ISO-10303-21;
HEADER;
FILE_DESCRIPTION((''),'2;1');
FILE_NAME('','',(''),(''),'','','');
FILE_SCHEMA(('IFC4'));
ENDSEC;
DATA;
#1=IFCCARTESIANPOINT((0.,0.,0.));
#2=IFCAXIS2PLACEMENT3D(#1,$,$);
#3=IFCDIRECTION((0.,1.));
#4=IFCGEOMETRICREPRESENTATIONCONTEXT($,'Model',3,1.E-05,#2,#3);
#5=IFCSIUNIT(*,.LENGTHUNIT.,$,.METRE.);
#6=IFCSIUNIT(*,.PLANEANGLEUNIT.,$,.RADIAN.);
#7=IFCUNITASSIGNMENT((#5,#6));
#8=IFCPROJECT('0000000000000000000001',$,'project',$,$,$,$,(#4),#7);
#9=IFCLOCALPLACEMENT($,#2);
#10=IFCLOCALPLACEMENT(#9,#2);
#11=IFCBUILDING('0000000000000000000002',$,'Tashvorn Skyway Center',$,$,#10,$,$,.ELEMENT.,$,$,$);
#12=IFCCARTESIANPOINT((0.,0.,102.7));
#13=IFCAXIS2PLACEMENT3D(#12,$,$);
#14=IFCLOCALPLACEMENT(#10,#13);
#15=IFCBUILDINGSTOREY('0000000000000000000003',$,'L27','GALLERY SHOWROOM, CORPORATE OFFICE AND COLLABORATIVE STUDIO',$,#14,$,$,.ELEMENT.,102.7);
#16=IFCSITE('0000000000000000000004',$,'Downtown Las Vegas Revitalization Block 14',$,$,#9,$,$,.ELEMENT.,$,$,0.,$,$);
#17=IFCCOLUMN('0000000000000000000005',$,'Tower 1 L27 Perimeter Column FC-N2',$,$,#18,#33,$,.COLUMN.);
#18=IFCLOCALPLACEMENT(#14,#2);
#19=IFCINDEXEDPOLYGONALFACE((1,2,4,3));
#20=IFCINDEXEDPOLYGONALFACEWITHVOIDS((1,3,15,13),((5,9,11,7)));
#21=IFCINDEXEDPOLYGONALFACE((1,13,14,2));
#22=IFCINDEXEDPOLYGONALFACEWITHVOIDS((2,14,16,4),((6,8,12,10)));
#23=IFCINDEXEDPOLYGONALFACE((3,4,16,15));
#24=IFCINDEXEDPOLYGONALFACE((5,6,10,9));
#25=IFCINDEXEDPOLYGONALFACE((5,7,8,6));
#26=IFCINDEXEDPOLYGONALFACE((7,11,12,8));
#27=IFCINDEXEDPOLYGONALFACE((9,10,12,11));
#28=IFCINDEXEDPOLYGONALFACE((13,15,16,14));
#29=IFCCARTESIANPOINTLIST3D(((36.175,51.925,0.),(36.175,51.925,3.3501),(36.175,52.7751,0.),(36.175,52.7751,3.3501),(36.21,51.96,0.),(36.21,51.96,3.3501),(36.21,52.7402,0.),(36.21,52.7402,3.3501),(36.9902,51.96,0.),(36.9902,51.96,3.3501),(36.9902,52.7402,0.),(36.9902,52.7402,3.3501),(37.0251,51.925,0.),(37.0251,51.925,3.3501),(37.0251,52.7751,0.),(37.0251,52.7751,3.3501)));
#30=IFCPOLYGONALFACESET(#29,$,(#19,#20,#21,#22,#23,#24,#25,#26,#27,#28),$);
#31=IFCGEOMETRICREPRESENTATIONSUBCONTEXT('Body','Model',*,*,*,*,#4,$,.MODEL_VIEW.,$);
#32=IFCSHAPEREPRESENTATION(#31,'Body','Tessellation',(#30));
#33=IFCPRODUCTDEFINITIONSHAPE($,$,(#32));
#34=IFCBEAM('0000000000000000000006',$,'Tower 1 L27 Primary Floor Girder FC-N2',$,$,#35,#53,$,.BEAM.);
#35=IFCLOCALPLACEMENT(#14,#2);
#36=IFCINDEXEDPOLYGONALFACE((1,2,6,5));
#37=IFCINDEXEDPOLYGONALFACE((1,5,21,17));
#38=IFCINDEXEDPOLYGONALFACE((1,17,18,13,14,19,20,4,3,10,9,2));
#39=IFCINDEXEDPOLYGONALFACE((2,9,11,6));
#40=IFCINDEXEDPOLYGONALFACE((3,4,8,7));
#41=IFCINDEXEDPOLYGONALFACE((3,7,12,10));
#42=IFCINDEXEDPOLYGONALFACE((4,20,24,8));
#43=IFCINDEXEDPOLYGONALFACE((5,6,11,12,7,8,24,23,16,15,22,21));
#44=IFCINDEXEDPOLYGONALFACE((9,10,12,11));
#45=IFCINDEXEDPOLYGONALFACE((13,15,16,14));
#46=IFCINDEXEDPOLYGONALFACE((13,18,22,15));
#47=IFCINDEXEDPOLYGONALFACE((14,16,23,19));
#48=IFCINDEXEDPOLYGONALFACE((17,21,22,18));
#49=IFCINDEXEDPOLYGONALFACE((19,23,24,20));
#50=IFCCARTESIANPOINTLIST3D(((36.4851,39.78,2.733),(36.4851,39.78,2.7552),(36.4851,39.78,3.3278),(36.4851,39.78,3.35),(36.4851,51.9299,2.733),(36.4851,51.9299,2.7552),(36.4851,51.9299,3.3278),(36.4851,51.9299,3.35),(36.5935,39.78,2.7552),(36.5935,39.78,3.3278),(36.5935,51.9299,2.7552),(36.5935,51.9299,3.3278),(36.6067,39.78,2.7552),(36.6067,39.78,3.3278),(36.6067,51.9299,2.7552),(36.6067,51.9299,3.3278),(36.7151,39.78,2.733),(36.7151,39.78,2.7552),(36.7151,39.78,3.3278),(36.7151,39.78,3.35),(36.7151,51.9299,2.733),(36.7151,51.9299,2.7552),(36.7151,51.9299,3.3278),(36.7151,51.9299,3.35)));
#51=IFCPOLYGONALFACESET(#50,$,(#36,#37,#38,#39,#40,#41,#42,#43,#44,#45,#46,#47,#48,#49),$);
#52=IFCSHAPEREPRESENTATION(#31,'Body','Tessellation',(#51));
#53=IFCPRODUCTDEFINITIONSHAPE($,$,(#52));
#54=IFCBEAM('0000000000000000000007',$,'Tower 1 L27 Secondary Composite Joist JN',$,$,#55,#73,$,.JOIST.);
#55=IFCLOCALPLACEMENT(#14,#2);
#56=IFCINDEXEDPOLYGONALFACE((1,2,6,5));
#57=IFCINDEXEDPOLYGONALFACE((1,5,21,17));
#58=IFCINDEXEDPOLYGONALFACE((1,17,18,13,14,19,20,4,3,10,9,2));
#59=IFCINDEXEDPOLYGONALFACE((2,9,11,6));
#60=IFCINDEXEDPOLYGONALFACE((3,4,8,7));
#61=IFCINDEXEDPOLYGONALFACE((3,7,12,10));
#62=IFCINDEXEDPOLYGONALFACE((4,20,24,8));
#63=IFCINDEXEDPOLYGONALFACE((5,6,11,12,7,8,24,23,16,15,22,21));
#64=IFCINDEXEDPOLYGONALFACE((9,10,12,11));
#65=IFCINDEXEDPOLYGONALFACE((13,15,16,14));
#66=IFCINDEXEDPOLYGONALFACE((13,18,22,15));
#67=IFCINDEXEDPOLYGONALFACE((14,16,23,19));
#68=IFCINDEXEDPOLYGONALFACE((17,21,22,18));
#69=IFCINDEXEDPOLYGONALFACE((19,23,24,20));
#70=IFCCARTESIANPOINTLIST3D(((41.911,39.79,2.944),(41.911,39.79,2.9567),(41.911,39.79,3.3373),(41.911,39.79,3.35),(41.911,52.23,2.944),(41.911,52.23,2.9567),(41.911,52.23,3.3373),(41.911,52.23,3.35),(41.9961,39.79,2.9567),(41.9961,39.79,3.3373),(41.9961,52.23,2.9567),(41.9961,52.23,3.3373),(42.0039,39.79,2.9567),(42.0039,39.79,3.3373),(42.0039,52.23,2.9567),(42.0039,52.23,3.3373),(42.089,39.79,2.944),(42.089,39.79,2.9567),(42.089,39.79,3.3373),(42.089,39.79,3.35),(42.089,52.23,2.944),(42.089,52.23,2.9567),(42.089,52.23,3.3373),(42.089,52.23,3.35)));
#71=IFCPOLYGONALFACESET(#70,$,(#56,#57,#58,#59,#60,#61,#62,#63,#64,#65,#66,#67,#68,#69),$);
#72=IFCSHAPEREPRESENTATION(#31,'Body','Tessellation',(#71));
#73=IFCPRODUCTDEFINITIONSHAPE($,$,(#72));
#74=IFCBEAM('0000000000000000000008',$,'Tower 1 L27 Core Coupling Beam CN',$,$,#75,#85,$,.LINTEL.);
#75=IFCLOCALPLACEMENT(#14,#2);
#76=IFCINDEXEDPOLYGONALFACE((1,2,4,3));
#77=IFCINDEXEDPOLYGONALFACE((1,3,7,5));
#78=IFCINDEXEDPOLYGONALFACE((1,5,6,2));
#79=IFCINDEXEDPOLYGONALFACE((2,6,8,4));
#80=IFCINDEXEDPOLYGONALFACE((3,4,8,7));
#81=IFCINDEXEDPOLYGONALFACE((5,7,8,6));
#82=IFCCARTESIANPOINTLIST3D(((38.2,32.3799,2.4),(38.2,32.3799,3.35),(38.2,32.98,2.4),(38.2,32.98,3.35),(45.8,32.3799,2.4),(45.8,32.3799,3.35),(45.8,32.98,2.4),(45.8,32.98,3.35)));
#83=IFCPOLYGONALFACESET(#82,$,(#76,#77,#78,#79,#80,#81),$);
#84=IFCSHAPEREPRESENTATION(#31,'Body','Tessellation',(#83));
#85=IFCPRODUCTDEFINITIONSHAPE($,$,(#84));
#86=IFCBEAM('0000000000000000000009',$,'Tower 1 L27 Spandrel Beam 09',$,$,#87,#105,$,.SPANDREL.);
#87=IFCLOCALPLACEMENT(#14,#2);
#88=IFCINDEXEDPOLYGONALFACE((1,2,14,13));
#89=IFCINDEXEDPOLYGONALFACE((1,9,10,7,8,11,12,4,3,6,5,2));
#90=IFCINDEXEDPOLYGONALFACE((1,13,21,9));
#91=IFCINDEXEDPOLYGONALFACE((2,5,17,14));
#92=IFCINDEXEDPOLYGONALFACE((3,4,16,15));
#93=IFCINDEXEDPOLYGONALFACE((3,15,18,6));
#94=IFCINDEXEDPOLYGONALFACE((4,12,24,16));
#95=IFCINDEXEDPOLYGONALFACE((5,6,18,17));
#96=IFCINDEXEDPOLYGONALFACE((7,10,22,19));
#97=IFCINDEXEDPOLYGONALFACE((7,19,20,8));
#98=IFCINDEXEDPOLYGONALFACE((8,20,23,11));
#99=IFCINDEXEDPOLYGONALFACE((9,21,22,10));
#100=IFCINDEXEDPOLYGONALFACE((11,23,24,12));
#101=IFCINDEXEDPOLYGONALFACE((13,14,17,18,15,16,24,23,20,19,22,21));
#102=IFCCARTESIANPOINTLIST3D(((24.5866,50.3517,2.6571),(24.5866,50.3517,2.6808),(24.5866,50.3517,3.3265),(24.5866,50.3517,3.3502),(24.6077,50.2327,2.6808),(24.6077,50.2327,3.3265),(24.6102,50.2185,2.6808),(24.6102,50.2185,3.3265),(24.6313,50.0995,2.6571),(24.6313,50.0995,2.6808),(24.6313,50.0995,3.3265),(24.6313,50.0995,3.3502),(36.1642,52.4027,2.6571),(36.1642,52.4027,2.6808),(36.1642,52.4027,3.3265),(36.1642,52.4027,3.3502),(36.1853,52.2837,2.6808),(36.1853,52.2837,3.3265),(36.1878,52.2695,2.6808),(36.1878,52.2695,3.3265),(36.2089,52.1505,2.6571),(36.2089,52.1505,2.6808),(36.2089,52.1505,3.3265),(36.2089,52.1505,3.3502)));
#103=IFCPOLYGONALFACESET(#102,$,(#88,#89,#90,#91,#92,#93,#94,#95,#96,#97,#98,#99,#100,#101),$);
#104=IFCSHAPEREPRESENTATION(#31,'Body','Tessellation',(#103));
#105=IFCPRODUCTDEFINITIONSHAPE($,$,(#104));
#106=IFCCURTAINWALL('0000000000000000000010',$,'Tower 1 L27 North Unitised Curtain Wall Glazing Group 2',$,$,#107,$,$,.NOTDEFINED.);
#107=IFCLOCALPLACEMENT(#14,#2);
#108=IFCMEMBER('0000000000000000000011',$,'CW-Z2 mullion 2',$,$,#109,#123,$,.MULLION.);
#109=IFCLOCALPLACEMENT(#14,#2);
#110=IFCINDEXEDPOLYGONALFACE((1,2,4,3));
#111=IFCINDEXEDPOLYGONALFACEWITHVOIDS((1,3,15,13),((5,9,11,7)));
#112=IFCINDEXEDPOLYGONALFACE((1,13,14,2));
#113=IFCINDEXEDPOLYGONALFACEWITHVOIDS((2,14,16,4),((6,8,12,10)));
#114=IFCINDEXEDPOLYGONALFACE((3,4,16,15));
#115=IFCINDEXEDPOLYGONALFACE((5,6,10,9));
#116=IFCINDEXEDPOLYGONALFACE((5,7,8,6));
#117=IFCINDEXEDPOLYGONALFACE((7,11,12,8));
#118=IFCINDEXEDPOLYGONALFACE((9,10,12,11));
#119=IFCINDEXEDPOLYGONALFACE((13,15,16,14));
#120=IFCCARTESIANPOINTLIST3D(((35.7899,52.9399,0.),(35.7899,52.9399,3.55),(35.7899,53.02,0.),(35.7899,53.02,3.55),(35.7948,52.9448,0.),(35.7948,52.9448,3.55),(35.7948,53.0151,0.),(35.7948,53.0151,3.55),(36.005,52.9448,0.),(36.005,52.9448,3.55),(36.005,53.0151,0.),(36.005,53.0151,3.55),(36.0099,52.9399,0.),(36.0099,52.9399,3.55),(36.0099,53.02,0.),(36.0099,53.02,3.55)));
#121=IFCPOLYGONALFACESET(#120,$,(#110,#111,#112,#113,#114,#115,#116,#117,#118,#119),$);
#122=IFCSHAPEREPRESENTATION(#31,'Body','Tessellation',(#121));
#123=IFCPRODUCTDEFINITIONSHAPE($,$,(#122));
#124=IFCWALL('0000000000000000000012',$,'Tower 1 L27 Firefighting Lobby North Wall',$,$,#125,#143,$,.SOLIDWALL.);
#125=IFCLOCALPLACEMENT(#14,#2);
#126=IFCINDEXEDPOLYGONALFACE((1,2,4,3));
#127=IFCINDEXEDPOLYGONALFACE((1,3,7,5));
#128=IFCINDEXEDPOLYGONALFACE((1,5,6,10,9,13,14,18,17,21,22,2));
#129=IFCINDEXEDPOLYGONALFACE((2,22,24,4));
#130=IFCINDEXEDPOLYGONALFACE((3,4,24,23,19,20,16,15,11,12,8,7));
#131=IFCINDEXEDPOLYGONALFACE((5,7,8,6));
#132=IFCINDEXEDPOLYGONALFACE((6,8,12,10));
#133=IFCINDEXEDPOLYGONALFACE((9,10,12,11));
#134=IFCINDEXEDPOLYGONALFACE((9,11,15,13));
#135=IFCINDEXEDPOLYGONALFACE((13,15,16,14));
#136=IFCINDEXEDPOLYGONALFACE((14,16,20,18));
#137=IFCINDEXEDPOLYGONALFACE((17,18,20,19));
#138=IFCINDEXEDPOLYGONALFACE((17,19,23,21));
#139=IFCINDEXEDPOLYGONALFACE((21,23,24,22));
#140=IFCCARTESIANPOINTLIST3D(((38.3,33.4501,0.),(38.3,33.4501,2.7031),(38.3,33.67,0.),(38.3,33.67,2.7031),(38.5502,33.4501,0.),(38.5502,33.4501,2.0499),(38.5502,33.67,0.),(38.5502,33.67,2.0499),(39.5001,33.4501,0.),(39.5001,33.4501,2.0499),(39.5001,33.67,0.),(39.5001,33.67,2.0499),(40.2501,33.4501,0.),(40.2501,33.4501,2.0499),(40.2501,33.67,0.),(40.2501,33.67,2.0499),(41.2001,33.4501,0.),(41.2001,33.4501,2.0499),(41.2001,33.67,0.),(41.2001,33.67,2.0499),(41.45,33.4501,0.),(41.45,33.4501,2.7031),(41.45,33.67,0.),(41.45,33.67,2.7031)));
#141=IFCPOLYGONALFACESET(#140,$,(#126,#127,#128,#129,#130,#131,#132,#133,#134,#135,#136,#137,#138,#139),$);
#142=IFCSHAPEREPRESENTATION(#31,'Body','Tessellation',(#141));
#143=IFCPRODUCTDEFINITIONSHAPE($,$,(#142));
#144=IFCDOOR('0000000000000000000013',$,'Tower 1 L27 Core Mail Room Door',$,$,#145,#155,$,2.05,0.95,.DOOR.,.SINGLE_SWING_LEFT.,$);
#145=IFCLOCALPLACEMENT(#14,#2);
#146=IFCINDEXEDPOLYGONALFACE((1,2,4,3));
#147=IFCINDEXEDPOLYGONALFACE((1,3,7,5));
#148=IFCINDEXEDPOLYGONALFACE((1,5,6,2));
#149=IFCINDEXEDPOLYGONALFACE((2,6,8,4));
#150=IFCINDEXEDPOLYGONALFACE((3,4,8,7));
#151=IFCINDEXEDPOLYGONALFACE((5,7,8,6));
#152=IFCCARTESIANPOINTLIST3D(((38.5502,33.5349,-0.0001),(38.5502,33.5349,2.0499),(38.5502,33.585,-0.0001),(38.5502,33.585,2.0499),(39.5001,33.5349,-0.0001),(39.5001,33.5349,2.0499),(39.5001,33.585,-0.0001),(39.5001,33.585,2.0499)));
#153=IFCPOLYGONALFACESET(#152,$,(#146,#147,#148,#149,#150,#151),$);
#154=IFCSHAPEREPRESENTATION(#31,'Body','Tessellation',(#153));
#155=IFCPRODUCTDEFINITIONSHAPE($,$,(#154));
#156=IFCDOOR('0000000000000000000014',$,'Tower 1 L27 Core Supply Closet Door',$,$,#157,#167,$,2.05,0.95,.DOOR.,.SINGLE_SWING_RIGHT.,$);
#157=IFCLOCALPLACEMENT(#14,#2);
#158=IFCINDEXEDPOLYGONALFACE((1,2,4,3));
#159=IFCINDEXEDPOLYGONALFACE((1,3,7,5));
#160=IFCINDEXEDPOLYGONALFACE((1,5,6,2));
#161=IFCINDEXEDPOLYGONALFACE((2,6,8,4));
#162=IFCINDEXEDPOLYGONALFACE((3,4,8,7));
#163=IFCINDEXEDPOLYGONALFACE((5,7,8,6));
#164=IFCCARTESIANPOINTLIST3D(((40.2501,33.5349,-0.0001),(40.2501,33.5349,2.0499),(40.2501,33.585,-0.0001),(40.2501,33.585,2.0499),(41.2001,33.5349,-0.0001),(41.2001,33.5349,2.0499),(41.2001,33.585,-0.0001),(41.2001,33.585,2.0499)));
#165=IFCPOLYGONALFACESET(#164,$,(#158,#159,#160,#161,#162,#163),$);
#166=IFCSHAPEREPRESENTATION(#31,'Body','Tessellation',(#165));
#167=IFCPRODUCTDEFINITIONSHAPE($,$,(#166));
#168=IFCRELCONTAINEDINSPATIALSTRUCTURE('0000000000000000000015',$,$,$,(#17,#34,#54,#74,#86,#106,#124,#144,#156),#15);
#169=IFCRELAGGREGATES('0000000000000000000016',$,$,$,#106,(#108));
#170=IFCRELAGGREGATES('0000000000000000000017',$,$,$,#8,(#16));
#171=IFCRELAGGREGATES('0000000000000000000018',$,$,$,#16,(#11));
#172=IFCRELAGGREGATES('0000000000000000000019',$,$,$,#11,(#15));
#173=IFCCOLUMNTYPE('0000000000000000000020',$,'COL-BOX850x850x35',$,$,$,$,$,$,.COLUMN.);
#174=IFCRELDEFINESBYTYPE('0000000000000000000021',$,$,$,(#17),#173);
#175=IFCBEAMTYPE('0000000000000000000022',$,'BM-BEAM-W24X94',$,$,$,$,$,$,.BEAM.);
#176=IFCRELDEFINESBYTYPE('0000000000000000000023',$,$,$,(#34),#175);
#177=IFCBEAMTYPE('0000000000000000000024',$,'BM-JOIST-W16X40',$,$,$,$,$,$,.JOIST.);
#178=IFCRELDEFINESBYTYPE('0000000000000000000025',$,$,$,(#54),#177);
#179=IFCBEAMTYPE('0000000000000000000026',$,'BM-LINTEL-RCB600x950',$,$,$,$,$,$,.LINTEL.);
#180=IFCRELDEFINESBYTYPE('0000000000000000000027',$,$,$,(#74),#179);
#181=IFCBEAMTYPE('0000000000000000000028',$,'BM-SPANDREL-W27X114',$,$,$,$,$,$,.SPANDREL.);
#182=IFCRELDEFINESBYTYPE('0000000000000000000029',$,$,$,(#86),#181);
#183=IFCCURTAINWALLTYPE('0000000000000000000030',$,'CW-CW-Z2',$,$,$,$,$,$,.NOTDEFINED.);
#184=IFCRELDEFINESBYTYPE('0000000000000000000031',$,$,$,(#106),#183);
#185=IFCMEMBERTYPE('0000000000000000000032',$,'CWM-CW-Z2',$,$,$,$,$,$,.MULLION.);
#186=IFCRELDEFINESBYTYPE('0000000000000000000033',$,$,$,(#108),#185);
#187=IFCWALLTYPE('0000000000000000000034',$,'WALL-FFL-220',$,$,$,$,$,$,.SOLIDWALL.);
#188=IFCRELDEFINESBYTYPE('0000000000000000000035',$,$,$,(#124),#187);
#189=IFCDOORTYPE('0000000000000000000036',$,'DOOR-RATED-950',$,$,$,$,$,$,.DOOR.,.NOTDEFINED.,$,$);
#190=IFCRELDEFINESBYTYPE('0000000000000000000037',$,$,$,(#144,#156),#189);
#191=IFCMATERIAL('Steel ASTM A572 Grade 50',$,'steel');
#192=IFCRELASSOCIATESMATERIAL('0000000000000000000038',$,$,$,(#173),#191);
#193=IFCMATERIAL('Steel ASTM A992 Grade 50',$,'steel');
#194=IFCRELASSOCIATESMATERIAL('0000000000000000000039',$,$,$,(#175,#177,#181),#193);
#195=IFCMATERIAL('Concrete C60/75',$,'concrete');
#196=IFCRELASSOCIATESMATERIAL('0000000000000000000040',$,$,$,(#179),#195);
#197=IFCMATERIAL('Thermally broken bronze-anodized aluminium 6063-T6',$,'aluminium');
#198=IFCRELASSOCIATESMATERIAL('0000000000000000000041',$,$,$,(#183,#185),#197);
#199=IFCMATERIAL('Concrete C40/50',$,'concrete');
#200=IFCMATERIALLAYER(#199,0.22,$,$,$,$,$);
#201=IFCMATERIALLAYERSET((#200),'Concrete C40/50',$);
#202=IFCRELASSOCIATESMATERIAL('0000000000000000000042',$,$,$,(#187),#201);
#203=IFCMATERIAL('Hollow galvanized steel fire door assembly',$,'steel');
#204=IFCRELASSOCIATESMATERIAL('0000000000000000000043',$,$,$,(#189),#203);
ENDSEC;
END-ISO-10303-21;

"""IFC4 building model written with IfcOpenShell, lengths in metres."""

from ifc_helpers import new_model, si_unit, direction, frame, frame_2d, origin, origin_2d, place, context, subcontext, project, spatial, rectangle, hollow_rectangle, i_section, extrude, material, layer, layer_set, material_profile, profile_set, type_object, element, fill, aggregate, save


model = new_model("IFC4")

# Units and contexts
model_context = context("Model", 3, precision=1e-05, world=origin(), true_north=direction((0.0, 1.0)))
body_context = subcontext(model_context, "Body", "Model", "MODEL_VIEW")
ifc_project = project(units=[si_unit("LENGTHUNIT", "METRE"), si_unit("PLANEANGLEUNIT", "RADIAN")], contexts=[model_context])

# Site, building, storey
site_placement = place(None, origin())
site = spatial("IfcSite", under=ifc_project, at=site_placement, Name="Downtown Las Vegas Revitalization Block 14", CompositionType="ELEMENT", RefElevation=0.0)
building_placement = place(site_placement, origin())
building = spatial("IfcBuilding", under=site, at=building_placement, Name="Tashvorn Skyway Center", CompositionType="ELEMENT")
storey_placement = place(building_placement, frame((0.0, 0.0, 102.7)))
storey = spatial("IfcBuildingStorey", under=building, at=storey_placement, Name="L27", Description="GALLERY SHOWROOM, CORPORATE OFFICE AND COLLABORATIVE STUDIO", CompositionType="ELEMENT", Elevation=102.7)

# Column
ifc_material_1 = material(Name="Steel ASTM A572 Grade 50", Category="steel")
ifc_material_profile_1 = material_profile(ifc_material_1, hollow_rectangle(XDim=0.8501, YDim=0.8501, WallThickness=0.0349, at=origin_2d()), Name="BOX850x850x35")
ifc_profile_set_1 = profile_set([ifc_material_profile_1], Name="Steel ASTM A572 Grade 50")
column_type = type_object("IfcColumnType", Name="COL-BOX850x850x35", PredefinedType="COLUMN", material=ifc_profile_set_1)
column_placement = place(storey_placement, frame((36.6001, 52.3501, 0.0), z_axis=(0.0, 0.0, 1.0), x_axis=(1.0, 0.0, 0.0)))
element("IfcColumn", 1, at=column_placement, inside=storey, type_object=column_type, Name="Tower 1 L27 Perimeter Column FC-N2", PredefinedType="COLUMN", context=body_context, shape_type="SweptSolid", body=[
    extrude(hollow_rectangle(XDim=0.8501, YDim=0.8501, WallThickness=0.0349, at=origin_2d()), origin(), (0.0, 0.0, 1.0), 3.3501),
])

# Beams
ifc_material_2 = material(Name="Steel ASTM A992 Grade 50", Category="steel")
ifc_material_profile_2 = material_profile(ifc_material_2, i_section(OverallWidth=0.23, OverallDepth=0.6169, WebThickness=0.0132, FlangeThickness=0.0222, at=origin_2d()), Name="W24X94")
ifc_profile_set_2 = profile_set([ifc_material_profile_2], Name="Steel ASTM A992 Grade 50")
beam_type_1 = type_object("IfcBeamType", Name="BM-BEAM-W24X94", PredefinedType="BEAM", material=ifc_profile_set_2)
beam_1_placement = place(storey_placement, frame((36.6001, 51.9299, 3.0415), z_axis=(0.0, -1.0, 0.0), x_axis=(1.0, 0.0, 0.0)))
element("IfcBeam", 2, at=beam_1_placement, inside=storey, type_object=beam_type_1, Name="Tower 1 L27 Primary Floor Girder FC-N2", PredefinedType="BEAM", context=body_context, shape_type="SweptSolid", body=[
    extrude(i_section(OverallWidth=0.23, OverallDepth=0.6169, WebThickness=0.0132, FlangeThickness=0.0222, at=origin_2d()), origin(), (0.0, 0.0, 1.0), 12.1499),
])
ifc_material_profile_3 = material_profile(ifc_material_2, i_section(OverallWidth=0.178, OverallDepth=0.406, WebThickness=0.0078, FlangeThickness=0.0127, at=origin_2d()), Name="W16X40")
ifc_profile_set_3 = profile_set([ifc_material_profile_3], Name="Steel ASTM A992 Grade 50")
beam_type_2 = type_object("IfcBeamType", Name="BM-JOIST-W16X40", PredefinedType="JOIST", material=ifc_profile_set_3)
beam_2_placement = place(storey_placement, frame((42.0, 39.79, 3.147), z_axis=(0.0, 1.0, 0.0), x_axis=(-1.0, 0.0, 0.0)))
element("IfcBeam", 3, at=beam_2_placement, inside=storey, type_object=beam_type_2, Name="Tower 1 L27 Secondary Composite Joist JN", PredefinedType="JOIST", context=body_context, shape_type="SweptSolid", body=[
    extrude(i_section(OverallWidth=0.178, OverallDepth=0.406, WebThickness=0.0078, FlangeThickness=0.0127, at=origin_2d()), origin(), (0.0, 0.0, 1.0), 12.4399),
])
ifc_material_3 = material(Name="Concrete C60/75", Category="concrete")
ifc_material_profile_4 = material_profile(ifc_material_3, rectangle(XDim=0.6001, YDim=0.95, at=origin_2d()), Name="RCB600x950")
ifc_profile_set_4 = profile_set([ifc_material_profile_4], Name="Concrete C60/75")
beam_type_3 = type_object("IfcBeamType", Name="BM-LINTEL-RCB600x950", PredefinedType="LINTEL", material=ifc_profile_set_4)
beam_3_placement = place(storey_placement, frame((38.2, 32.6799, 2.875), z_axis=(1.0, 0.0, 0.0), x_axis=(0.0, 1.0, 0.0)))
element("IfcBeam", 4, at=beam_3_placement, inside=storey, type_object=beam_type_3, Name="Tower 1 L27 Core Coupling Beam CN", PredefinedType="LINTEL", context=body_context, shape_type="SweptSolid", body=[
    extrude(rectangle(XDim=0.6001, YDim=0.95, at=origin_2d()), origin(), (0.0, 0.0, 1.0), 7.6001),
])
ifc_material_profile_5 = material_profile(ifc_material_2, i_section(OverallWidth=0.2561, OverallDepth=0.6931, WebThickness=0.0144, FlangeThickness=0.0237, at=origin_2d()), Name="W27X114")
ifc_profile_set_5 = profile_set([ifc_material_profile_5], Name="Steel ASTM A992 Grade 50")
beam_type_4 = type_object("IfcBeamType", Name="BM-SPANDREL-W27X114", PredefinedType="SPANDREL", material=ifc_profile_set_5)
beam_4_placement = place(storey_placement, frame((36.1865, 52.2766, 3.0037), z_axis=(-0.984668, -0.174438, 0.0), x_axis=(0.174438, -0.984668, 0.0)))
element("IfcBeam", 5, at=beam_4_placement, inside=storey, type_object=beam_type_4, Name="Tower 1 L27 Spandrel Beam 09", PredefinedType="SPANDREL", context=body_context, shape_type="SweptSolid", body=[
    extrude(i_section(OverallWidth=0.2561, OverallDepth=0.6931, WebThickness=0.0144, FlangeThickness=0.0237, at=origin_2d()), origin(), (0.0, 0.0, 1.0), 11.7578),
])

# Curtain wall, member
ifc_material_4 = material(Name="Thermally broken bronze-anodized aluminium 6063-T6", Category="aluminium")
curtain_wall_type = type_object("IfcCurtainWallType", Name="CW-CW-Z2", PredefinedType="NOTDEFINED", material=ifc_material_4)
curtain_wall_placement = place(storey_placement, origin())
curtain_wall = element("IfcCurtainWall", 6, at=curtain_wall_placement, inside=storey, type_object=curtain_wall_type, Name="Tower 1 L27 North Unitised Curtain Wall Glazing Group 2", PredefinedType="NOTDEFINED")
ifc_material_profile_6 = material_profile(ifc_material_4, hollow_rectangle(XDim=0.0801, YDim=0.22, WallThickness=0.0049, at=origin_2d()), Name="ALU-MULL-80x220")
ifc_profile_set_6 = profile_set([ifc_material_profile_6], Name="Thermally broken bronze-anodized aluminium 6063-T6")
member_type = type_object("IfcMemberType", Name="CWM-CW-Z2", PredefinedType="MULLION", material=ifc_profile_set_6)
member_placement = place(storey_placement, frame((35.8999, 52.98, 0.0), z_axis=(0.0, 0.0, 1.0), x_axis=(0.0, 1.0, 0.0)))
member = element("IfcMember", 7, at=member_placement, type_object=member_type, Name="CW-Z2 mullion 2", PredefinedType="MULLION", context=body_context, shape_type="SweptSolid", body=[
    extrude(hollow_rectangle(XDim=0.0801, YDim=0.22, WallThickness=0.0049, at=origin_2d()), origin(), (0.0, 0.0, 1.0), 3.55),
])
aggregate(curtain_wall, [member])

# Wall, openings, doors
ifc_material_5 = material(Name="Concrete C40/50", Category="concrete")
ifc_layer_1 = layer(ifc_material_5, 0.22)
ifc_layer_set_1 = layer_set([ifc_layer_1], Name="Concrete C40/50")
wall_type_1 = type_object("IfcWallType", Name="WALL-FFL-220", PredefinedType="SOLIDWALL", material=ifc_layer_set_1)
wall_1_placement = place(storey_placement, frame((38.3, 33.5601, 0.0), z_axis=(0.0, 0.0, 1.0), x_axis=(1.0, 0.0, 0.0)))
wall_1 = element("IfcWall", 8, at=wall_1_placement, inside=storey, type_object=wall_type_1, Name="Tower 1 L27 Firefighting Lobby North Wall", PredefinedType="SOLIDWALL", context=body_context, shape_type="SweptSolid", body=[
    extrude(rectangle(XDim=3.1499, YDim=0.22, at=frame_2d((1.575, 0.0))), origin(), (0.0, 0.0, 1.0), 2.7031),
])
opening_1_placement = place(wall_1_placement, frame((0.25, 0.0, 0.0)))
opening_1 = element("IfcOpeningElement", 9, at=opening_1_placement, cuts=wall_1, PredefinedType="OPENING", context=body_context, shape_type="SweptSolid", body=[
    extrude(rectangle(XDim=0.95, YDim=2.05, at=frame_2d((0.4751, 1.0249))), frame((0.0, 0.1199, 0.0), z_axis=(0.0, -1.0, 0.0), x_axis=(1.0, 0.0, 0.0)), (0.0, 0.0, 1.0), 0.24),
])
opening_2_placement = place(wall_1_placement, frame((1.95, 0.0, 0.0)))
opening_2 = element("IfcOpeningElement", 10, at=opening_2_placement, cuts=wall_1, PredefinedType="OPENING", context=body_context, shape_type="SweptSolid", body=[
    extrude(rectangle(XDim=0.95, YDim=2.05, at=frame_2d((0.4751, 1.0249))), frame((0.0, 0.1199, 0.0), z_axis=(0.0, -1.0, 0.0), x_axis=(1.0, 0.0, 0.0)), (0.0, 0.0, 1.0), 0.24),
])
ifc_material_6 = material(Name="Hollow galvanized steel fire door assembly", Category="steel")
door_type_1 = type_object("IfcDoorType", Name="DOOR-RATED-950", OperationType="NOTDEFINED", PredefinedType="DOOR", material=ifc_material_6)
door_1_placement = place(opening_1_placement, origin())
door_1 = element("IfcDoor", 11, at=door_1_placement, inside=storey, type_object=door_type_1, Name="Tower 1 L27 Core Mail Room Door", OperationType="SINGLE_SWING_LEFT", OverallHeight=2.05, OverallWidth=0.95, PredefinedType="DOOR", context=body_context, shape_type="SweptSolid", body=[
    extrude(rectangle(XDim=0.95, YDim=2.05, at=frame_2d((0.4751, 1.0249))), frame((0.0, 0.0249, 0.0), z_axis=(0.0, -1.0, 0.0), x_axis=(1.0, 0.0, 0.0)), (0.0, 0.0, 1.0), 0.05),
])
fill(opening_1, door_1)
door_2_placement = place(opening_2_placement, origin())
door_2 = element("IfcDoor", 12, at=door_2_placement, inside=storey, type_object=door_type_1, Name="Tower 1 L27 Core Supply Closet Door", OperationType="SINGLE_SWING_RIGHT", OverallHeight=2.05, OverallWidth=0.95, PredefinedType="DOOR", context=body_context, shape_type="SweptSolid", body=[
    extrude(rectangle(XDim=0.95, YDim=2.05, at=frame_2d((0.4751, 1.0249))), frame((0.0, 0.0249, 0.0), z_axis=(0.0, -1.0, 0.0), x_axis=(1.0, 0.0, 0.0)), (0.0, 0.0, 1.0), 0.05),
])
fill(opening_2, door_2)

save(model, "model.ifc")
